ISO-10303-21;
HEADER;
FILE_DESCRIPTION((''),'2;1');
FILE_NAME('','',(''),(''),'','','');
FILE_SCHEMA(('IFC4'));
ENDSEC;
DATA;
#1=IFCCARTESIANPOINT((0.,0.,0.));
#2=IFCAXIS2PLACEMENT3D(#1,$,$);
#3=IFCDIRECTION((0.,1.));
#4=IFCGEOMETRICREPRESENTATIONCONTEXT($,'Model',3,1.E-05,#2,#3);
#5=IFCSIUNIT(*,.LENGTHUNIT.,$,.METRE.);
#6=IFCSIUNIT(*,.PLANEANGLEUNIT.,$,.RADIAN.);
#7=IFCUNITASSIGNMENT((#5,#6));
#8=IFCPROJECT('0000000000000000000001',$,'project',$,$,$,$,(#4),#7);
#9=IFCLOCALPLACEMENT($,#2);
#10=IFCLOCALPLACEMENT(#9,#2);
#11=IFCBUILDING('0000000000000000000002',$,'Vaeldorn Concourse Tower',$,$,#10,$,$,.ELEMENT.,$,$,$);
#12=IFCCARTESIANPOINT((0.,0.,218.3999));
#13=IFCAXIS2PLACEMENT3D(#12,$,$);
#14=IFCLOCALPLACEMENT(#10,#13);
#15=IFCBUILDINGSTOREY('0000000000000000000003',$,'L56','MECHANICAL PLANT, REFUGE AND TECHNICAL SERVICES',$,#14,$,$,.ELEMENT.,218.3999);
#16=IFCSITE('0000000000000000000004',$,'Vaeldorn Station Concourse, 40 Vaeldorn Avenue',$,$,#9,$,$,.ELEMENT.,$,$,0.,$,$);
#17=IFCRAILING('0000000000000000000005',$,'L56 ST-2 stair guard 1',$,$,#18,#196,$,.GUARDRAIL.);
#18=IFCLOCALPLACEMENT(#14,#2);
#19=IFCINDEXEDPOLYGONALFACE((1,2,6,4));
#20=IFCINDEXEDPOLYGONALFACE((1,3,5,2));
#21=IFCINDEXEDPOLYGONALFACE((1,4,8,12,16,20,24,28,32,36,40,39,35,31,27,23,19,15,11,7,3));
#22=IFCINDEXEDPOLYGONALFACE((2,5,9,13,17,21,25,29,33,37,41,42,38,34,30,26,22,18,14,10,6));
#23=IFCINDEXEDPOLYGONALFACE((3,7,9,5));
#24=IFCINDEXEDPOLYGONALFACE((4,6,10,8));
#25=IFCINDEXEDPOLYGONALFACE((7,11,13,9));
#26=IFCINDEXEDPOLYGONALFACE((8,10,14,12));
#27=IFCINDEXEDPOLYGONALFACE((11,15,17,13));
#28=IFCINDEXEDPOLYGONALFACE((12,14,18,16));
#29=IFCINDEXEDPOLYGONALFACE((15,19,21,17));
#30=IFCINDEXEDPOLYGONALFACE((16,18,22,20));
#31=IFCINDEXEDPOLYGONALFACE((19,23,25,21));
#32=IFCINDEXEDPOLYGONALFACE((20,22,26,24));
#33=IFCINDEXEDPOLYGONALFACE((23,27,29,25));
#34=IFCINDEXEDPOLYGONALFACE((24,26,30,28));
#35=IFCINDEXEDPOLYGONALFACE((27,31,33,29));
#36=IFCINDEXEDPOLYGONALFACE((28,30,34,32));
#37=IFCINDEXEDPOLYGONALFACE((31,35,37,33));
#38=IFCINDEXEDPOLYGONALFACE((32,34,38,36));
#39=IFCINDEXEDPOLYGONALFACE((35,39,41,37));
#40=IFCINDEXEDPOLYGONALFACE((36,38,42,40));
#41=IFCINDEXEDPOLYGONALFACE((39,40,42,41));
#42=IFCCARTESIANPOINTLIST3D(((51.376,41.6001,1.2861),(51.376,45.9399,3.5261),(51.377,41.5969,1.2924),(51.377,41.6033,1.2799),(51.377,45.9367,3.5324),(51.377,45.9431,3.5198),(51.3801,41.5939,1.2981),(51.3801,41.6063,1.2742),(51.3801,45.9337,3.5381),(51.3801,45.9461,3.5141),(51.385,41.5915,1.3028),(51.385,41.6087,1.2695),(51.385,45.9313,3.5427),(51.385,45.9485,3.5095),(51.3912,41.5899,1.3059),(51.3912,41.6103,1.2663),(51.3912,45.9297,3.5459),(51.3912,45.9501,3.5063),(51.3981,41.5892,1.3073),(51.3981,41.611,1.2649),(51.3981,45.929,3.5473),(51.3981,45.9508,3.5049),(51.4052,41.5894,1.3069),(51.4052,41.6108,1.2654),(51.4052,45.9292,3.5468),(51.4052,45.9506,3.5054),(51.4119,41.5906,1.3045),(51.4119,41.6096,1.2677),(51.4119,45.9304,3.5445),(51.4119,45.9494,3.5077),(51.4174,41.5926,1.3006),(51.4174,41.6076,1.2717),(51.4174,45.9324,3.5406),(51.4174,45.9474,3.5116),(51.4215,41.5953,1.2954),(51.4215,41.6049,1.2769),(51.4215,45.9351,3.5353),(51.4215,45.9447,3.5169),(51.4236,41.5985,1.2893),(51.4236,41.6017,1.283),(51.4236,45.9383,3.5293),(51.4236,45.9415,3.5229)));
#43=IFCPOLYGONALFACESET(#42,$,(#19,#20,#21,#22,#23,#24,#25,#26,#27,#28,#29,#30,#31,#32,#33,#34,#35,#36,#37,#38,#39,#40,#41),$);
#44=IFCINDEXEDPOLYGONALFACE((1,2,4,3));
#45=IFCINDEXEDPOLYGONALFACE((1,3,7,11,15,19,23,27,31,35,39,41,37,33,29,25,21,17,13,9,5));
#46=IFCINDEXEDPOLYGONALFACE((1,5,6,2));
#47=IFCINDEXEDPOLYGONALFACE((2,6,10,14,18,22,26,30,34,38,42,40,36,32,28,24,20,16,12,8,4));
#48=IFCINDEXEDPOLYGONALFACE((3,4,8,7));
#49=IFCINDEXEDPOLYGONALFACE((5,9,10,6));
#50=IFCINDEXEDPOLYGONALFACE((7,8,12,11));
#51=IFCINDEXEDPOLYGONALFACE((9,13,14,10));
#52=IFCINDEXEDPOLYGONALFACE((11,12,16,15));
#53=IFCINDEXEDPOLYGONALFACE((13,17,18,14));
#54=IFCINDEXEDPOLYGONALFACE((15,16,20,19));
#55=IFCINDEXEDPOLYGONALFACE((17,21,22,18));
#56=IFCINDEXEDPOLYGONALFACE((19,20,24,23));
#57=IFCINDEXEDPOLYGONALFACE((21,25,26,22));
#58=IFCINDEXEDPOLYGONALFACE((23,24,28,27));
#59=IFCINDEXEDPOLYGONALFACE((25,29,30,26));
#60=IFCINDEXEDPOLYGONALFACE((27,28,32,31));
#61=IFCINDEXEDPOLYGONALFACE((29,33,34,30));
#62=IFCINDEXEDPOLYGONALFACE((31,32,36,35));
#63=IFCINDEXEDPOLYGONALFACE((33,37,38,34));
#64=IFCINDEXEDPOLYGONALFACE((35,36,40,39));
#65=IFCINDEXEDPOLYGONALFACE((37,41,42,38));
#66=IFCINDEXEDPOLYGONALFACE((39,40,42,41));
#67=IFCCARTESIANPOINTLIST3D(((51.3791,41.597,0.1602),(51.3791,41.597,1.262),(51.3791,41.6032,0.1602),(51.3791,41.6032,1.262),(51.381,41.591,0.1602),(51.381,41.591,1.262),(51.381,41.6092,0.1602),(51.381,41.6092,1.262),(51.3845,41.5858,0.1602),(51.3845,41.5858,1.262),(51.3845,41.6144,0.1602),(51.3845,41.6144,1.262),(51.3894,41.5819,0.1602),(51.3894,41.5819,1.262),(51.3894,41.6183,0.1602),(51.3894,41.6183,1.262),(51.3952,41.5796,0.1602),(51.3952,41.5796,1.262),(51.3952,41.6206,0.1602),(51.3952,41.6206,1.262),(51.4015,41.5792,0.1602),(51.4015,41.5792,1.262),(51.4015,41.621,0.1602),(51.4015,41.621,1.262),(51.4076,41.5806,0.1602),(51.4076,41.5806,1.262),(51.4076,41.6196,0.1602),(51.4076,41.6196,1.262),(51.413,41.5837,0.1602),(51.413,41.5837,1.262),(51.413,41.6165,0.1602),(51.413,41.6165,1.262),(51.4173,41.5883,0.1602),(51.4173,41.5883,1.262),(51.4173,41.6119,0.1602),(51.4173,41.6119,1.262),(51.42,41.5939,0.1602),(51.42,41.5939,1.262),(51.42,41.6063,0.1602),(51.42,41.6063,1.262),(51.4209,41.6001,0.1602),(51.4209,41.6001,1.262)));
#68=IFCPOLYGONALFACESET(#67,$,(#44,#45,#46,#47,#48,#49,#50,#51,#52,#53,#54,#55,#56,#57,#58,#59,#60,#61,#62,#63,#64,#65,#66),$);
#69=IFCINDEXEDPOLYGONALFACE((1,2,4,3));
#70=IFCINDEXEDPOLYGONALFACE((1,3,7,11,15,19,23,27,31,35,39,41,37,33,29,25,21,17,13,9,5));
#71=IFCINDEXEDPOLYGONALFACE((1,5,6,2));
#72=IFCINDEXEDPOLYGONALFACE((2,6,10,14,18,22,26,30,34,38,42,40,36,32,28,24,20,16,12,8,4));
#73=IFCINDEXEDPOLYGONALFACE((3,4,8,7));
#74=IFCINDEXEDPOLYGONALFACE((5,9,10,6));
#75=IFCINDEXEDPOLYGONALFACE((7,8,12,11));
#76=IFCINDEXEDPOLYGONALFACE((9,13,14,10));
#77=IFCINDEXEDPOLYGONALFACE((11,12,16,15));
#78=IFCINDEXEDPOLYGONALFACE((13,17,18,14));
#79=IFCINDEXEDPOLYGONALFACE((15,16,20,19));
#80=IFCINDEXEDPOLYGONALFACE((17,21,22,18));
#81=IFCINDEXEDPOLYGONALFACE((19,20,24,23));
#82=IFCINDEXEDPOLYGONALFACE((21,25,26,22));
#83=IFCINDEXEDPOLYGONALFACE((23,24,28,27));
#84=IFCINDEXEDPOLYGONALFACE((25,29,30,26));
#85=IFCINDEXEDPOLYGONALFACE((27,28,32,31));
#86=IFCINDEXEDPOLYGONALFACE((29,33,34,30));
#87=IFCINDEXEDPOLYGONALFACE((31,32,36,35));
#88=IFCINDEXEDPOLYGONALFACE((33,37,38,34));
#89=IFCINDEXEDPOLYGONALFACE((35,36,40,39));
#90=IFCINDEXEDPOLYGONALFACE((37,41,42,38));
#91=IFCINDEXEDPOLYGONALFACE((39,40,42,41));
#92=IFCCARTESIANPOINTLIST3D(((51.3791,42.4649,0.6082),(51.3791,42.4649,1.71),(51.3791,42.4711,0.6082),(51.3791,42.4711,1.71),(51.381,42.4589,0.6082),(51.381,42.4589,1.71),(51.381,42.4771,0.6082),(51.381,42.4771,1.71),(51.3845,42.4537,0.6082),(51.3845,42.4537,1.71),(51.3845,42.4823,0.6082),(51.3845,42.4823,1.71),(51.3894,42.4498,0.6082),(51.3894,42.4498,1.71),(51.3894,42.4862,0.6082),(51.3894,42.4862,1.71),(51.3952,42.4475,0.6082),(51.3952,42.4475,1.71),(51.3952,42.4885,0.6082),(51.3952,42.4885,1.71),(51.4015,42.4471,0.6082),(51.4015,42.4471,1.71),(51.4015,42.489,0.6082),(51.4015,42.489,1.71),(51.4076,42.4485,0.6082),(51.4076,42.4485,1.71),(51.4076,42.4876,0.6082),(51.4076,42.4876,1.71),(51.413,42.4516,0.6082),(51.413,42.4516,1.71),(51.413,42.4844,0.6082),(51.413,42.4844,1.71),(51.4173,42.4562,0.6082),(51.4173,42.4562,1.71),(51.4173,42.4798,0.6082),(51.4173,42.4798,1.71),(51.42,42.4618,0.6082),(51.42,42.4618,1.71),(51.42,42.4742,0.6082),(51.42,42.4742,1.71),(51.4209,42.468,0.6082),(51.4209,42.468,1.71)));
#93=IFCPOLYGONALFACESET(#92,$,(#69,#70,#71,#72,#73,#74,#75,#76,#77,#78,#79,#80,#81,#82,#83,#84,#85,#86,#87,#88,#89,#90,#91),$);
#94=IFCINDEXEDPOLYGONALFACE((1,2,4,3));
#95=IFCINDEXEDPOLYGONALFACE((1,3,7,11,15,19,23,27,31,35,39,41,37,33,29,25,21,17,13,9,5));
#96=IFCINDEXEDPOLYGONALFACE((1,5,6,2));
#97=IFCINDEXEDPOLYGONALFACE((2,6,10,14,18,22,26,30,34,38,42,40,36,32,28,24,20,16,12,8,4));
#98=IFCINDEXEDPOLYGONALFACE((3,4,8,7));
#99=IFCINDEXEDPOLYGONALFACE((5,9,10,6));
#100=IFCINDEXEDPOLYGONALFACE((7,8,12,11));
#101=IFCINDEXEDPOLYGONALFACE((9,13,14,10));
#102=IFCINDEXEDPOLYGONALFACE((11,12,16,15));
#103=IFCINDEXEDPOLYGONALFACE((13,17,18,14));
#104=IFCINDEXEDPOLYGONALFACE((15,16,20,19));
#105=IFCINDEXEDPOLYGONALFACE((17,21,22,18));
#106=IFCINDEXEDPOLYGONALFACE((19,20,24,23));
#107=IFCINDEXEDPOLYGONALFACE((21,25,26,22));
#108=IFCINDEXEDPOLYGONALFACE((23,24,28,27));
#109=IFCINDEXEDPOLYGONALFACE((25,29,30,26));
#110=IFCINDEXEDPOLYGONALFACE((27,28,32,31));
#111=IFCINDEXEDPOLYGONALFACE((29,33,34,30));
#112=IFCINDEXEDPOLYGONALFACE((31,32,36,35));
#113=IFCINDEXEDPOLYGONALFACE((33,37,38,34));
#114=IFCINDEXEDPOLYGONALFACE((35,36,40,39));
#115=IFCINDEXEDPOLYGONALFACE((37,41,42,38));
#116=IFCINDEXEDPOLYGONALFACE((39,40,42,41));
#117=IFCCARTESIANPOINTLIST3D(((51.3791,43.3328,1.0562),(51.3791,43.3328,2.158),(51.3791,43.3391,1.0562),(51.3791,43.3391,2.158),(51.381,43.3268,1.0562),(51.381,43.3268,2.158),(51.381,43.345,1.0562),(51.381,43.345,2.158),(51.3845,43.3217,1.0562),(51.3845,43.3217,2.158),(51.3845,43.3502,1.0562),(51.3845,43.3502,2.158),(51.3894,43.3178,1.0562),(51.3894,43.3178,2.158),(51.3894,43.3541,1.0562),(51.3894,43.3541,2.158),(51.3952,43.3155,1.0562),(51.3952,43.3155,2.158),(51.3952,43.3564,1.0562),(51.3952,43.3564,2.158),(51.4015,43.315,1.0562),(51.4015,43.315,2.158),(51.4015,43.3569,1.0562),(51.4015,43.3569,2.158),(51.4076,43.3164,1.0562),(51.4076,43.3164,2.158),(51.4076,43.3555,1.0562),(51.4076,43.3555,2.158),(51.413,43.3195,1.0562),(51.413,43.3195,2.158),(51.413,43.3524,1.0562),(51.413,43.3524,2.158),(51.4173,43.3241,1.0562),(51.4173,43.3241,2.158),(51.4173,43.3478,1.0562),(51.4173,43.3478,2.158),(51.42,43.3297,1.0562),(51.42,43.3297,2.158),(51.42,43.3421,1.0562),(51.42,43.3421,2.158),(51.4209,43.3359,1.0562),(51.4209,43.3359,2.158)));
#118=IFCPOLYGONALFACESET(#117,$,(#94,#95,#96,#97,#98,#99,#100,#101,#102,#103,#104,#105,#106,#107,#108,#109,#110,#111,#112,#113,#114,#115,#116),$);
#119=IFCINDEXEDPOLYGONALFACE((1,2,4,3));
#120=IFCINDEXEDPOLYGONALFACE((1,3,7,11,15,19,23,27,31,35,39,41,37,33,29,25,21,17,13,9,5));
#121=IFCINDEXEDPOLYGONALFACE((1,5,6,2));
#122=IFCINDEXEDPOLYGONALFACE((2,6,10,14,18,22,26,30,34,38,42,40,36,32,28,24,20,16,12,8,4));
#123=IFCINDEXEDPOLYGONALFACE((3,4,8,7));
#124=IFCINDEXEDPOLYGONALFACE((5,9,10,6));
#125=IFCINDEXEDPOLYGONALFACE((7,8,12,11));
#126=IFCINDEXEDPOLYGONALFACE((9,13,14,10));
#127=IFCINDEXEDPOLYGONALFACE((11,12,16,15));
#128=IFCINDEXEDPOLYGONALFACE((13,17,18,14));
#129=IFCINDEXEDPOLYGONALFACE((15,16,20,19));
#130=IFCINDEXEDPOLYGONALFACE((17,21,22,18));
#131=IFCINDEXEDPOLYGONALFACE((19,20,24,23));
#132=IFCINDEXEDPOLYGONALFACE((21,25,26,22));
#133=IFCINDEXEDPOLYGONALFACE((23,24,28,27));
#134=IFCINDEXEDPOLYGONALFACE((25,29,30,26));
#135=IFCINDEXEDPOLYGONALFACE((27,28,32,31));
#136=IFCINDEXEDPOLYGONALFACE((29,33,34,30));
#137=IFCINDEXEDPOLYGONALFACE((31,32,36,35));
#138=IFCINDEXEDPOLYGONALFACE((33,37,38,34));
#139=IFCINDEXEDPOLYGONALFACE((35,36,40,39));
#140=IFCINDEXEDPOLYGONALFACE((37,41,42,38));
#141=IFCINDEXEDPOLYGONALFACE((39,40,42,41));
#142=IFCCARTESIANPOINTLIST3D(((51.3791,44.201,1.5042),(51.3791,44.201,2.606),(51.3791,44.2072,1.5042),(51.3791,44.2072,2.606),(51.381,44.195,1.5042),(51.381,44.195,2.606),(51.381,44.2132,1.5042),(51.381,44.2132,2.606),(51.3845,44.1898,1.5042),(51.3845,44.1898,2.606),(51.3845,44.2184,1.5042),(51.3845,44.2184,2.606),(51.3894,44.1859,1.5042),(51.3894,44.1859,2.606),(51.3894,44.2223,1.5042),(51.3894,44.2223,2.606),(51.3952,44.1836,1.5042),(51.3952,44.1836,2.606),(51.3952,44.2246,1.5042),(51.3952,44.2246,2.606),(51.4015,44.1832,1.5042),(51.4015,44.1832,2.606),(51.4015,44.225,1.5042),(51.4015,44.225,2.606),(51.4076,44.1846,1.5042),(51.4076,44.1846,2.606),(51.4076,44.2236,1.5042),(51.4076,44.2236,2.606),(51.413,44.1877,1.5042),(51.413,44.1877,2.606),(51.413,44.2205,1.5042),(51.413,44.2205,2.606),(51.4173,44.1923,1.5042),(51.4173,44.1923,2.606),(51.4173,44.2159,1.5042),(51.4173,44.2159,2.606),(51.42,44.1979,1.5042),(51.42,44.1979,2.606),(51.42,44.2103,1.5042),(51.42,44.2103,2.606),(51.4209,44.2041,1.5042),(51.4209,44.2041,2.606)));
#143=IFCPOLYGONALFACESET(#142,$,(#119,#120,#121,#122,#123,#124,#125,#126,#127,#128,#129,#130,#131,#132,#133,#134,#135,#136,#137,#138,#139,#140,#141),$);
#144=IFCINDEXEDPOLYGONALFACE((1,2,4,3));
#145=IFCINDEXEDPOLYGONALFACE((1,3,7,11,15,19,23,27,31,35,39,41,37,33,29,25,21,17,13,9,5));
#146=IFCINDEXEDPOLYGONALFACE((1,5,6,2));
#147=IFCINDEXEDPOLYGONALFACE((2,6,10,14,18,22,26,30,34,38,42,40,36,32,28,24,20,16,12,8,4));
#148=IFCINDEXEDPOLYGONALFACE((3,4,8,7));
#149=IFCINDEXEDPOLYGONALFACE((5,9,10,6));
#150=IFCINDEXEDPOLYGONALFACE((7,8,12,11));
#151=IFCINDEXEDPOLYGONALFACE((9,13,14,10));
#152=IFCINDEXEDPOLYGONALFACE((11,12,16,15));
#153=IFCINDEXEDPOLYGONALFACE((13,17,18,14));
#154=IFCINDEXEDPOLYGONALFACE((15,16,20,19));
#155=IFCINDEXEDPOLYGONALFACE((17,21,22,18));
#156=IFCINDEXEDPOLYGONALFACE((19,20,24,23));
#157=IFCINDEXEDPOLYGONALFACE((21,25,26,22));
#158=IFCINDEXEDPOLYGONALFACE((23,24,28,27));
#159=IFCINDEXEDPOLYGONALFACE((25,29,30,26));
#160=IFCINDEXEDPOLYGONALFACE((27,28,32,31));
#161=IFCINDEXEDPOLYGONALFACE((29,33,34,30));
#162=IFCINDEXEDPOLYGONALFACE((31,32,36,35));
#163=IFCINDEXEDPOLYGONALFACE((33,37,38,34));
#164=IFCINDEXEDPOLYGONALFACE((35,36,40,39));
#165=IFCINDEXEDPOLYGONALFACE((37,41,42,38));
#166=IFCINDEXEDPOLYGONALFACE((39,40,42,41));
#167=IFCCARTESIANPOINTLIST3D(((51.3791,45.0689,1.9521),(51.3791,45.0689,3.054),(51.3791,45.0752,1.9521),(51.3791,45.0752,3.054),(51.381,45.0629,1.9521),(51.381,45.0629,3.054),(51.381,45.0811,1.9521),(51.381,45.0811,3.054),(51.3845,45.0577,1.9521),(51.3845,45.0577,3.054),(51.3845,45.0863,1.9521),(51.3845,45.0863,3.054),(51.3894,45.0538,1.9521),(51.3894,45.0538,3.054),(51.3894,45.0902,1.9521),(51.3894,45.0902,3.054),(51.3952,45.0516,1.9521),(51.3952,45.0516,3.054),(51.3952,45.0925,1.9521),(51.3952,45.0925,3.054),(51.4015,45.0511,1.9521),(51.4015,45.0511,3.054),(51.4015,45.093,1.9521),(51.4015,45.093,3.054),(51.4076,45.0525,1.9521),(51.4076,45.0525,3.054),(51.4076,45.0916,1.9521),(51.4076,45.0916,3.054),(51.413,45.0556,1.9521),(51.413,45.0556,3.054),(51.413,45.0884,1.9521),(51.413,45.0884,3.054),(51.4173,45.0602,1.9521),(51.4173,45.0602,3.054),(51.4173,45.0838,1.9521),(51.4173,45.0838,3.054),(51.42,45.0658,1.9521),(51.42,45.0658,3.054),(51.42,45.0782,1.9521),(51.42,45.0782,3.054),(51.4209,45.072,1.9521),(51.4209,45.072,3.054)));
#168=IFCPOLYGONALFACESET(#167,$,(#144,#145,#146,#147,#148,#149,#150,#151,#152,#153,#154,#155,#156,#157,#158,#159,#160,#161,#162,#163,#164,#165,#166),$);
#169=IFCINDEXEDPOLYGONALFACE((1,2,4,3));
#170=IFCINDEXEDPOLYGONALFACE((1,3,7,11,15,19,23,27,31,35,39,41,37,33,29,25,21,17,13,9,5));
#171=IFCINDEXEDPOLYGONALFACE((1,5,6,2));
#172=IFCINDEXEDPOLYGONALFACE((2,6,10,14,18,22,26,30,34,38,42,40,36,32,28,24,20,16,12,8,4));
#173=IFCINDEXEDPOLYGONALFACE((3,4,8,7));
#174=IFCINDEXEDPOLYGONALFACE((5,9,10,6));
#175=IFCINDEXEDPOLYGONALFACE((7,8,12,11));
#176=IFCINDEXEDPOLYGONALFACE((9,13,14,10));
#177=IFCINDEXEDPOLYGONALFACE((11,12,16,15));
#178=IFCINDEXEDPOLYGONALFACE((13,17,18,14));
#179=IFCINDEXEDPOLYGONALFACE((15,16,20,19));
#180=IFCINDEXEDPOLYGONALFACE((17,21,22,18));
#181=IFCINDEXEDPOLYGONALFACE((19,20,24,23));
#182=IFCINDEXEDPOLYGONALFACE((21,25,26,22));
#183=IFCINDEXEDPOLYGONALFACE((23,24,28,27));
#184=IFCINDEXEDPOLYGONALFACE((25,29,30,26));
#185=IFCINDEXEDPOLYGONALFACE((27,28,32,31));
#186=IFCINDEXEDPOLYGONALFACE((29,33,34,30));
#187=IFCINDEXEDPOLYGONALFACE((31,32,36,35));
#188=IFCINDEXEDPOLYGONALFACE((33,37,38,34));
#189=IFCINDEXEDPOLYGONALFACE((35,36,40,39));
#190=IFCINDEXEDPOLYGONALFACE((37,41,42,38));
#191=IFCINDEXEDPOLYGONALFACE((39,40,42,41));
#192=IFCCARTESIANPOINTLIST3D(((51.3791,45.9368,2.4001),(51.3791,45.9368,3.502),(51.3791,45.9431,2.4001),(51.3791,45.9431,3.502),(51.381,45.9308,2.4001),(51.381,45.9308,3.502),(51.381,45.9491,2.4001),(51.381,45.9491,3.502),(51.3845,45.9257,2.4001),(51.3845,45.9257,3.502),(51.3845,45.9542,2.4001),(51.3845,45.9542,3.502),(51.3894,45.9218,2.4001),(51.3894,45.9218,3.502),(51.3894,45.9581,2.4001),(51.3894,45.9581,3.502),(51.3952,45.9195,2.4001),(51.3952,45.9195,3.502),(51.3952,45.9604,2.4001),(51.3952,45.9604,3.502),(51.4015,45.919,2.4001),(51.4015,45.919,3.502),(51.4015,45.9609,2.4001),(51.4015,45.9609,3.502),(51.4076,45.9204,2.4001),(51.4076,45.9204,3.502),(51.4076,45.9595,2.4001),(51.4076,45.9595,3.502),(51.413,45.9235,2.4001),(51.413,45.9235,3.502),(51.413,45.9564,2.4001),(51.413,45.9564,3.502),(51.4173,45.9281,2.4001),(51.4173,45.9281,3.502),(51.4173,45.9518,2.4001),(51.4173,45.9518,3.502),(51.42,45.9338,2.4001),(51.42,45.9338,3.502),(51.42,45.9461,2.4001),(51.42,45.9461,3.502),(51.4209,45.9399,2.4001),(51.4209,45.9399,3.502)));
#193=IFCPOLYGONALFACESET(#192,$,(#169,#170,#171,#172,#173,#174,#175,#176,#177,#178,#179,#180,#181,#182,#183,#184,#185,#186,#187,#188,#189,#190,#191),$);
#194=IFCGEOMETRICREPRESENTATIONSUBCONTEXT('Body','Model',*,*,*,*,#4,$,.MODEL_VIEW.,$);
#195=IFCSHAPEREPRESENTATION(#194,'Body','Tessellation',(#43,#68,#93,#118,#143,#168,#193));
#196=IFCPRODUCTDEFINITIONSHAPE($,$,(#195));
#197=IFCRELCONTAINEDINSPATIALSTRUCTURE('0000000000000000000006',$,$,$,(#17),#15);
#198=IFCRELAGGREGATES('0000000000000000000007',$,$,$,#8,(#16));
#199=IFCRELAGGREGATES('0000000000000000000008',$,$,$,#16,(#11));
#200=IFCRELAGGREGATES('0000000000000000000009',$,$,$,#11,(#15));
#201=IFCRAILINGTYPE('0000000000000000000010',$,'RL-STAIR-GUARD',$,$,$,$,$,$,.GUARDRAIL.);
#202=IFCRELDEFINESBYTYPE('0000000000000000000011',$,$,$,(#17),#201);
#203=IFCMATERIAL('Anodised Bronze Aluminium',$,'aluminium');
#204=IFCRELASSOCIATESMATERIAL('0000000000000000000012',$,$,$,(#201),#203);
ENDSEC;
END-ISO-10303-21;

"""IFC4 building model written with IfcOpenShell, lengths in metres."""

from ifc_helpers import new_model, si_unit, direction, frame, origin, origin_2d, place, context, subcontext, project, spatial, circle, extrude, material, type_object, element, save


model = new_model("IFC4")

# Units and contexts
model_context = context("Model", 3, precision=1e-05, world=origin(), true_north=direction((0.0, 1.0)))
body_context = subcontext(model_context, "Body", "Model", "MODEL_VIEW")
ifc_project = project(units=[si_unit("LENGTHUNIT", "METRE"), si_unit("PLANEANGLEUNIT", "RADIAN")], contexts=[model_context])

# Site, building, storey
site_placement = place(None, origin())
site = spatial("IfcSite", under=ifc_project, at=site_placement, Name="Vaeldorn Station Concourse, 40 Vaeldorn Avenue", CompositionType="ELEMENT", RefElevation=0.0)
building_placement = place(site_placement, origin())
building = spatial("IfcBuilding", under=site, at=building_placement, Name="Vaeldorn Concourse Tower", CompositionType="ELEMENT")
storey_placement = place(building_placement, frame((0.0, 0.0, 218.3999)))
storey = spatial("IfcBuildingStorey", under=building, at=storey_placement, Name="L56", Description="MECHANICAL PLANT, REFUGE AND TECHNICAL SERVICES", CompositionType="ELEMENT", Elevation=218.3999)

# Railing
ifc_material_1 = material(Name="Anodised Bronze Aluminium", Category="aluminium")
railing_type_1 = type_object("IfcRailingType", Name="RL-STAIR-GUARD", PredefinedType="GUARDRAIL", material=ifc_material_1)
railing_1_placement = place(storey_placement, frame((51.3999, 41.6001, 0.1602)))
element("IfcRailing", 1, at=railing_1_placement, inside=storey, type_object=railing_type_1, Name="L56 ST-2 stair guard 1", PredefinedType="GUARDRAIL", context=body_context, shape_type="SweptSolid", body=[
    extrude(circle(Radius=0.0239, at=origin_2d()), frame((0.0, 0.0, 1.126), z_axis=(0.0, 0.888615, 0.458654), x_axis=(-1.0, 0.0, 0.0)), (0.0, 0.0, 1.0), 4.8838),
    extrude(circle(Radius=0.021, at=origin_2d()), origin(), (0.0, 0.0, 1.0), 1.1018),
    extrude(circle(Radius=0.021, at=origin_2d()), frame((0.0, 0.8679, 0.448)), (0.0, 0.0, 1.0), 1.1018),
    extrude(circle(Radius=0.021, at=origin_2d()), frame((0.0, 1.7358, 0.896)), (0.0, 0.0, 1.0), 1.1018),
    extrude(circle(Radius=0.021, at=origin_2d()), frame((0.0, 2.604, 1.344)), (0.0, 0.0, 1.0), 1.1018),
    extrude(circle(Radius=0.021, at=origin_2d()), frame((0.0, 3.4719, 1.792)), (0.0, 0.0, 1.0), 1.1018),
    extrude(circle(Radius=0.021, at=origin_2d()), frame((0.0, 4.3398, 2.24)), (0.0, 0.0, 1.0), 1.1018),
])

save(model, "model.ifc")
